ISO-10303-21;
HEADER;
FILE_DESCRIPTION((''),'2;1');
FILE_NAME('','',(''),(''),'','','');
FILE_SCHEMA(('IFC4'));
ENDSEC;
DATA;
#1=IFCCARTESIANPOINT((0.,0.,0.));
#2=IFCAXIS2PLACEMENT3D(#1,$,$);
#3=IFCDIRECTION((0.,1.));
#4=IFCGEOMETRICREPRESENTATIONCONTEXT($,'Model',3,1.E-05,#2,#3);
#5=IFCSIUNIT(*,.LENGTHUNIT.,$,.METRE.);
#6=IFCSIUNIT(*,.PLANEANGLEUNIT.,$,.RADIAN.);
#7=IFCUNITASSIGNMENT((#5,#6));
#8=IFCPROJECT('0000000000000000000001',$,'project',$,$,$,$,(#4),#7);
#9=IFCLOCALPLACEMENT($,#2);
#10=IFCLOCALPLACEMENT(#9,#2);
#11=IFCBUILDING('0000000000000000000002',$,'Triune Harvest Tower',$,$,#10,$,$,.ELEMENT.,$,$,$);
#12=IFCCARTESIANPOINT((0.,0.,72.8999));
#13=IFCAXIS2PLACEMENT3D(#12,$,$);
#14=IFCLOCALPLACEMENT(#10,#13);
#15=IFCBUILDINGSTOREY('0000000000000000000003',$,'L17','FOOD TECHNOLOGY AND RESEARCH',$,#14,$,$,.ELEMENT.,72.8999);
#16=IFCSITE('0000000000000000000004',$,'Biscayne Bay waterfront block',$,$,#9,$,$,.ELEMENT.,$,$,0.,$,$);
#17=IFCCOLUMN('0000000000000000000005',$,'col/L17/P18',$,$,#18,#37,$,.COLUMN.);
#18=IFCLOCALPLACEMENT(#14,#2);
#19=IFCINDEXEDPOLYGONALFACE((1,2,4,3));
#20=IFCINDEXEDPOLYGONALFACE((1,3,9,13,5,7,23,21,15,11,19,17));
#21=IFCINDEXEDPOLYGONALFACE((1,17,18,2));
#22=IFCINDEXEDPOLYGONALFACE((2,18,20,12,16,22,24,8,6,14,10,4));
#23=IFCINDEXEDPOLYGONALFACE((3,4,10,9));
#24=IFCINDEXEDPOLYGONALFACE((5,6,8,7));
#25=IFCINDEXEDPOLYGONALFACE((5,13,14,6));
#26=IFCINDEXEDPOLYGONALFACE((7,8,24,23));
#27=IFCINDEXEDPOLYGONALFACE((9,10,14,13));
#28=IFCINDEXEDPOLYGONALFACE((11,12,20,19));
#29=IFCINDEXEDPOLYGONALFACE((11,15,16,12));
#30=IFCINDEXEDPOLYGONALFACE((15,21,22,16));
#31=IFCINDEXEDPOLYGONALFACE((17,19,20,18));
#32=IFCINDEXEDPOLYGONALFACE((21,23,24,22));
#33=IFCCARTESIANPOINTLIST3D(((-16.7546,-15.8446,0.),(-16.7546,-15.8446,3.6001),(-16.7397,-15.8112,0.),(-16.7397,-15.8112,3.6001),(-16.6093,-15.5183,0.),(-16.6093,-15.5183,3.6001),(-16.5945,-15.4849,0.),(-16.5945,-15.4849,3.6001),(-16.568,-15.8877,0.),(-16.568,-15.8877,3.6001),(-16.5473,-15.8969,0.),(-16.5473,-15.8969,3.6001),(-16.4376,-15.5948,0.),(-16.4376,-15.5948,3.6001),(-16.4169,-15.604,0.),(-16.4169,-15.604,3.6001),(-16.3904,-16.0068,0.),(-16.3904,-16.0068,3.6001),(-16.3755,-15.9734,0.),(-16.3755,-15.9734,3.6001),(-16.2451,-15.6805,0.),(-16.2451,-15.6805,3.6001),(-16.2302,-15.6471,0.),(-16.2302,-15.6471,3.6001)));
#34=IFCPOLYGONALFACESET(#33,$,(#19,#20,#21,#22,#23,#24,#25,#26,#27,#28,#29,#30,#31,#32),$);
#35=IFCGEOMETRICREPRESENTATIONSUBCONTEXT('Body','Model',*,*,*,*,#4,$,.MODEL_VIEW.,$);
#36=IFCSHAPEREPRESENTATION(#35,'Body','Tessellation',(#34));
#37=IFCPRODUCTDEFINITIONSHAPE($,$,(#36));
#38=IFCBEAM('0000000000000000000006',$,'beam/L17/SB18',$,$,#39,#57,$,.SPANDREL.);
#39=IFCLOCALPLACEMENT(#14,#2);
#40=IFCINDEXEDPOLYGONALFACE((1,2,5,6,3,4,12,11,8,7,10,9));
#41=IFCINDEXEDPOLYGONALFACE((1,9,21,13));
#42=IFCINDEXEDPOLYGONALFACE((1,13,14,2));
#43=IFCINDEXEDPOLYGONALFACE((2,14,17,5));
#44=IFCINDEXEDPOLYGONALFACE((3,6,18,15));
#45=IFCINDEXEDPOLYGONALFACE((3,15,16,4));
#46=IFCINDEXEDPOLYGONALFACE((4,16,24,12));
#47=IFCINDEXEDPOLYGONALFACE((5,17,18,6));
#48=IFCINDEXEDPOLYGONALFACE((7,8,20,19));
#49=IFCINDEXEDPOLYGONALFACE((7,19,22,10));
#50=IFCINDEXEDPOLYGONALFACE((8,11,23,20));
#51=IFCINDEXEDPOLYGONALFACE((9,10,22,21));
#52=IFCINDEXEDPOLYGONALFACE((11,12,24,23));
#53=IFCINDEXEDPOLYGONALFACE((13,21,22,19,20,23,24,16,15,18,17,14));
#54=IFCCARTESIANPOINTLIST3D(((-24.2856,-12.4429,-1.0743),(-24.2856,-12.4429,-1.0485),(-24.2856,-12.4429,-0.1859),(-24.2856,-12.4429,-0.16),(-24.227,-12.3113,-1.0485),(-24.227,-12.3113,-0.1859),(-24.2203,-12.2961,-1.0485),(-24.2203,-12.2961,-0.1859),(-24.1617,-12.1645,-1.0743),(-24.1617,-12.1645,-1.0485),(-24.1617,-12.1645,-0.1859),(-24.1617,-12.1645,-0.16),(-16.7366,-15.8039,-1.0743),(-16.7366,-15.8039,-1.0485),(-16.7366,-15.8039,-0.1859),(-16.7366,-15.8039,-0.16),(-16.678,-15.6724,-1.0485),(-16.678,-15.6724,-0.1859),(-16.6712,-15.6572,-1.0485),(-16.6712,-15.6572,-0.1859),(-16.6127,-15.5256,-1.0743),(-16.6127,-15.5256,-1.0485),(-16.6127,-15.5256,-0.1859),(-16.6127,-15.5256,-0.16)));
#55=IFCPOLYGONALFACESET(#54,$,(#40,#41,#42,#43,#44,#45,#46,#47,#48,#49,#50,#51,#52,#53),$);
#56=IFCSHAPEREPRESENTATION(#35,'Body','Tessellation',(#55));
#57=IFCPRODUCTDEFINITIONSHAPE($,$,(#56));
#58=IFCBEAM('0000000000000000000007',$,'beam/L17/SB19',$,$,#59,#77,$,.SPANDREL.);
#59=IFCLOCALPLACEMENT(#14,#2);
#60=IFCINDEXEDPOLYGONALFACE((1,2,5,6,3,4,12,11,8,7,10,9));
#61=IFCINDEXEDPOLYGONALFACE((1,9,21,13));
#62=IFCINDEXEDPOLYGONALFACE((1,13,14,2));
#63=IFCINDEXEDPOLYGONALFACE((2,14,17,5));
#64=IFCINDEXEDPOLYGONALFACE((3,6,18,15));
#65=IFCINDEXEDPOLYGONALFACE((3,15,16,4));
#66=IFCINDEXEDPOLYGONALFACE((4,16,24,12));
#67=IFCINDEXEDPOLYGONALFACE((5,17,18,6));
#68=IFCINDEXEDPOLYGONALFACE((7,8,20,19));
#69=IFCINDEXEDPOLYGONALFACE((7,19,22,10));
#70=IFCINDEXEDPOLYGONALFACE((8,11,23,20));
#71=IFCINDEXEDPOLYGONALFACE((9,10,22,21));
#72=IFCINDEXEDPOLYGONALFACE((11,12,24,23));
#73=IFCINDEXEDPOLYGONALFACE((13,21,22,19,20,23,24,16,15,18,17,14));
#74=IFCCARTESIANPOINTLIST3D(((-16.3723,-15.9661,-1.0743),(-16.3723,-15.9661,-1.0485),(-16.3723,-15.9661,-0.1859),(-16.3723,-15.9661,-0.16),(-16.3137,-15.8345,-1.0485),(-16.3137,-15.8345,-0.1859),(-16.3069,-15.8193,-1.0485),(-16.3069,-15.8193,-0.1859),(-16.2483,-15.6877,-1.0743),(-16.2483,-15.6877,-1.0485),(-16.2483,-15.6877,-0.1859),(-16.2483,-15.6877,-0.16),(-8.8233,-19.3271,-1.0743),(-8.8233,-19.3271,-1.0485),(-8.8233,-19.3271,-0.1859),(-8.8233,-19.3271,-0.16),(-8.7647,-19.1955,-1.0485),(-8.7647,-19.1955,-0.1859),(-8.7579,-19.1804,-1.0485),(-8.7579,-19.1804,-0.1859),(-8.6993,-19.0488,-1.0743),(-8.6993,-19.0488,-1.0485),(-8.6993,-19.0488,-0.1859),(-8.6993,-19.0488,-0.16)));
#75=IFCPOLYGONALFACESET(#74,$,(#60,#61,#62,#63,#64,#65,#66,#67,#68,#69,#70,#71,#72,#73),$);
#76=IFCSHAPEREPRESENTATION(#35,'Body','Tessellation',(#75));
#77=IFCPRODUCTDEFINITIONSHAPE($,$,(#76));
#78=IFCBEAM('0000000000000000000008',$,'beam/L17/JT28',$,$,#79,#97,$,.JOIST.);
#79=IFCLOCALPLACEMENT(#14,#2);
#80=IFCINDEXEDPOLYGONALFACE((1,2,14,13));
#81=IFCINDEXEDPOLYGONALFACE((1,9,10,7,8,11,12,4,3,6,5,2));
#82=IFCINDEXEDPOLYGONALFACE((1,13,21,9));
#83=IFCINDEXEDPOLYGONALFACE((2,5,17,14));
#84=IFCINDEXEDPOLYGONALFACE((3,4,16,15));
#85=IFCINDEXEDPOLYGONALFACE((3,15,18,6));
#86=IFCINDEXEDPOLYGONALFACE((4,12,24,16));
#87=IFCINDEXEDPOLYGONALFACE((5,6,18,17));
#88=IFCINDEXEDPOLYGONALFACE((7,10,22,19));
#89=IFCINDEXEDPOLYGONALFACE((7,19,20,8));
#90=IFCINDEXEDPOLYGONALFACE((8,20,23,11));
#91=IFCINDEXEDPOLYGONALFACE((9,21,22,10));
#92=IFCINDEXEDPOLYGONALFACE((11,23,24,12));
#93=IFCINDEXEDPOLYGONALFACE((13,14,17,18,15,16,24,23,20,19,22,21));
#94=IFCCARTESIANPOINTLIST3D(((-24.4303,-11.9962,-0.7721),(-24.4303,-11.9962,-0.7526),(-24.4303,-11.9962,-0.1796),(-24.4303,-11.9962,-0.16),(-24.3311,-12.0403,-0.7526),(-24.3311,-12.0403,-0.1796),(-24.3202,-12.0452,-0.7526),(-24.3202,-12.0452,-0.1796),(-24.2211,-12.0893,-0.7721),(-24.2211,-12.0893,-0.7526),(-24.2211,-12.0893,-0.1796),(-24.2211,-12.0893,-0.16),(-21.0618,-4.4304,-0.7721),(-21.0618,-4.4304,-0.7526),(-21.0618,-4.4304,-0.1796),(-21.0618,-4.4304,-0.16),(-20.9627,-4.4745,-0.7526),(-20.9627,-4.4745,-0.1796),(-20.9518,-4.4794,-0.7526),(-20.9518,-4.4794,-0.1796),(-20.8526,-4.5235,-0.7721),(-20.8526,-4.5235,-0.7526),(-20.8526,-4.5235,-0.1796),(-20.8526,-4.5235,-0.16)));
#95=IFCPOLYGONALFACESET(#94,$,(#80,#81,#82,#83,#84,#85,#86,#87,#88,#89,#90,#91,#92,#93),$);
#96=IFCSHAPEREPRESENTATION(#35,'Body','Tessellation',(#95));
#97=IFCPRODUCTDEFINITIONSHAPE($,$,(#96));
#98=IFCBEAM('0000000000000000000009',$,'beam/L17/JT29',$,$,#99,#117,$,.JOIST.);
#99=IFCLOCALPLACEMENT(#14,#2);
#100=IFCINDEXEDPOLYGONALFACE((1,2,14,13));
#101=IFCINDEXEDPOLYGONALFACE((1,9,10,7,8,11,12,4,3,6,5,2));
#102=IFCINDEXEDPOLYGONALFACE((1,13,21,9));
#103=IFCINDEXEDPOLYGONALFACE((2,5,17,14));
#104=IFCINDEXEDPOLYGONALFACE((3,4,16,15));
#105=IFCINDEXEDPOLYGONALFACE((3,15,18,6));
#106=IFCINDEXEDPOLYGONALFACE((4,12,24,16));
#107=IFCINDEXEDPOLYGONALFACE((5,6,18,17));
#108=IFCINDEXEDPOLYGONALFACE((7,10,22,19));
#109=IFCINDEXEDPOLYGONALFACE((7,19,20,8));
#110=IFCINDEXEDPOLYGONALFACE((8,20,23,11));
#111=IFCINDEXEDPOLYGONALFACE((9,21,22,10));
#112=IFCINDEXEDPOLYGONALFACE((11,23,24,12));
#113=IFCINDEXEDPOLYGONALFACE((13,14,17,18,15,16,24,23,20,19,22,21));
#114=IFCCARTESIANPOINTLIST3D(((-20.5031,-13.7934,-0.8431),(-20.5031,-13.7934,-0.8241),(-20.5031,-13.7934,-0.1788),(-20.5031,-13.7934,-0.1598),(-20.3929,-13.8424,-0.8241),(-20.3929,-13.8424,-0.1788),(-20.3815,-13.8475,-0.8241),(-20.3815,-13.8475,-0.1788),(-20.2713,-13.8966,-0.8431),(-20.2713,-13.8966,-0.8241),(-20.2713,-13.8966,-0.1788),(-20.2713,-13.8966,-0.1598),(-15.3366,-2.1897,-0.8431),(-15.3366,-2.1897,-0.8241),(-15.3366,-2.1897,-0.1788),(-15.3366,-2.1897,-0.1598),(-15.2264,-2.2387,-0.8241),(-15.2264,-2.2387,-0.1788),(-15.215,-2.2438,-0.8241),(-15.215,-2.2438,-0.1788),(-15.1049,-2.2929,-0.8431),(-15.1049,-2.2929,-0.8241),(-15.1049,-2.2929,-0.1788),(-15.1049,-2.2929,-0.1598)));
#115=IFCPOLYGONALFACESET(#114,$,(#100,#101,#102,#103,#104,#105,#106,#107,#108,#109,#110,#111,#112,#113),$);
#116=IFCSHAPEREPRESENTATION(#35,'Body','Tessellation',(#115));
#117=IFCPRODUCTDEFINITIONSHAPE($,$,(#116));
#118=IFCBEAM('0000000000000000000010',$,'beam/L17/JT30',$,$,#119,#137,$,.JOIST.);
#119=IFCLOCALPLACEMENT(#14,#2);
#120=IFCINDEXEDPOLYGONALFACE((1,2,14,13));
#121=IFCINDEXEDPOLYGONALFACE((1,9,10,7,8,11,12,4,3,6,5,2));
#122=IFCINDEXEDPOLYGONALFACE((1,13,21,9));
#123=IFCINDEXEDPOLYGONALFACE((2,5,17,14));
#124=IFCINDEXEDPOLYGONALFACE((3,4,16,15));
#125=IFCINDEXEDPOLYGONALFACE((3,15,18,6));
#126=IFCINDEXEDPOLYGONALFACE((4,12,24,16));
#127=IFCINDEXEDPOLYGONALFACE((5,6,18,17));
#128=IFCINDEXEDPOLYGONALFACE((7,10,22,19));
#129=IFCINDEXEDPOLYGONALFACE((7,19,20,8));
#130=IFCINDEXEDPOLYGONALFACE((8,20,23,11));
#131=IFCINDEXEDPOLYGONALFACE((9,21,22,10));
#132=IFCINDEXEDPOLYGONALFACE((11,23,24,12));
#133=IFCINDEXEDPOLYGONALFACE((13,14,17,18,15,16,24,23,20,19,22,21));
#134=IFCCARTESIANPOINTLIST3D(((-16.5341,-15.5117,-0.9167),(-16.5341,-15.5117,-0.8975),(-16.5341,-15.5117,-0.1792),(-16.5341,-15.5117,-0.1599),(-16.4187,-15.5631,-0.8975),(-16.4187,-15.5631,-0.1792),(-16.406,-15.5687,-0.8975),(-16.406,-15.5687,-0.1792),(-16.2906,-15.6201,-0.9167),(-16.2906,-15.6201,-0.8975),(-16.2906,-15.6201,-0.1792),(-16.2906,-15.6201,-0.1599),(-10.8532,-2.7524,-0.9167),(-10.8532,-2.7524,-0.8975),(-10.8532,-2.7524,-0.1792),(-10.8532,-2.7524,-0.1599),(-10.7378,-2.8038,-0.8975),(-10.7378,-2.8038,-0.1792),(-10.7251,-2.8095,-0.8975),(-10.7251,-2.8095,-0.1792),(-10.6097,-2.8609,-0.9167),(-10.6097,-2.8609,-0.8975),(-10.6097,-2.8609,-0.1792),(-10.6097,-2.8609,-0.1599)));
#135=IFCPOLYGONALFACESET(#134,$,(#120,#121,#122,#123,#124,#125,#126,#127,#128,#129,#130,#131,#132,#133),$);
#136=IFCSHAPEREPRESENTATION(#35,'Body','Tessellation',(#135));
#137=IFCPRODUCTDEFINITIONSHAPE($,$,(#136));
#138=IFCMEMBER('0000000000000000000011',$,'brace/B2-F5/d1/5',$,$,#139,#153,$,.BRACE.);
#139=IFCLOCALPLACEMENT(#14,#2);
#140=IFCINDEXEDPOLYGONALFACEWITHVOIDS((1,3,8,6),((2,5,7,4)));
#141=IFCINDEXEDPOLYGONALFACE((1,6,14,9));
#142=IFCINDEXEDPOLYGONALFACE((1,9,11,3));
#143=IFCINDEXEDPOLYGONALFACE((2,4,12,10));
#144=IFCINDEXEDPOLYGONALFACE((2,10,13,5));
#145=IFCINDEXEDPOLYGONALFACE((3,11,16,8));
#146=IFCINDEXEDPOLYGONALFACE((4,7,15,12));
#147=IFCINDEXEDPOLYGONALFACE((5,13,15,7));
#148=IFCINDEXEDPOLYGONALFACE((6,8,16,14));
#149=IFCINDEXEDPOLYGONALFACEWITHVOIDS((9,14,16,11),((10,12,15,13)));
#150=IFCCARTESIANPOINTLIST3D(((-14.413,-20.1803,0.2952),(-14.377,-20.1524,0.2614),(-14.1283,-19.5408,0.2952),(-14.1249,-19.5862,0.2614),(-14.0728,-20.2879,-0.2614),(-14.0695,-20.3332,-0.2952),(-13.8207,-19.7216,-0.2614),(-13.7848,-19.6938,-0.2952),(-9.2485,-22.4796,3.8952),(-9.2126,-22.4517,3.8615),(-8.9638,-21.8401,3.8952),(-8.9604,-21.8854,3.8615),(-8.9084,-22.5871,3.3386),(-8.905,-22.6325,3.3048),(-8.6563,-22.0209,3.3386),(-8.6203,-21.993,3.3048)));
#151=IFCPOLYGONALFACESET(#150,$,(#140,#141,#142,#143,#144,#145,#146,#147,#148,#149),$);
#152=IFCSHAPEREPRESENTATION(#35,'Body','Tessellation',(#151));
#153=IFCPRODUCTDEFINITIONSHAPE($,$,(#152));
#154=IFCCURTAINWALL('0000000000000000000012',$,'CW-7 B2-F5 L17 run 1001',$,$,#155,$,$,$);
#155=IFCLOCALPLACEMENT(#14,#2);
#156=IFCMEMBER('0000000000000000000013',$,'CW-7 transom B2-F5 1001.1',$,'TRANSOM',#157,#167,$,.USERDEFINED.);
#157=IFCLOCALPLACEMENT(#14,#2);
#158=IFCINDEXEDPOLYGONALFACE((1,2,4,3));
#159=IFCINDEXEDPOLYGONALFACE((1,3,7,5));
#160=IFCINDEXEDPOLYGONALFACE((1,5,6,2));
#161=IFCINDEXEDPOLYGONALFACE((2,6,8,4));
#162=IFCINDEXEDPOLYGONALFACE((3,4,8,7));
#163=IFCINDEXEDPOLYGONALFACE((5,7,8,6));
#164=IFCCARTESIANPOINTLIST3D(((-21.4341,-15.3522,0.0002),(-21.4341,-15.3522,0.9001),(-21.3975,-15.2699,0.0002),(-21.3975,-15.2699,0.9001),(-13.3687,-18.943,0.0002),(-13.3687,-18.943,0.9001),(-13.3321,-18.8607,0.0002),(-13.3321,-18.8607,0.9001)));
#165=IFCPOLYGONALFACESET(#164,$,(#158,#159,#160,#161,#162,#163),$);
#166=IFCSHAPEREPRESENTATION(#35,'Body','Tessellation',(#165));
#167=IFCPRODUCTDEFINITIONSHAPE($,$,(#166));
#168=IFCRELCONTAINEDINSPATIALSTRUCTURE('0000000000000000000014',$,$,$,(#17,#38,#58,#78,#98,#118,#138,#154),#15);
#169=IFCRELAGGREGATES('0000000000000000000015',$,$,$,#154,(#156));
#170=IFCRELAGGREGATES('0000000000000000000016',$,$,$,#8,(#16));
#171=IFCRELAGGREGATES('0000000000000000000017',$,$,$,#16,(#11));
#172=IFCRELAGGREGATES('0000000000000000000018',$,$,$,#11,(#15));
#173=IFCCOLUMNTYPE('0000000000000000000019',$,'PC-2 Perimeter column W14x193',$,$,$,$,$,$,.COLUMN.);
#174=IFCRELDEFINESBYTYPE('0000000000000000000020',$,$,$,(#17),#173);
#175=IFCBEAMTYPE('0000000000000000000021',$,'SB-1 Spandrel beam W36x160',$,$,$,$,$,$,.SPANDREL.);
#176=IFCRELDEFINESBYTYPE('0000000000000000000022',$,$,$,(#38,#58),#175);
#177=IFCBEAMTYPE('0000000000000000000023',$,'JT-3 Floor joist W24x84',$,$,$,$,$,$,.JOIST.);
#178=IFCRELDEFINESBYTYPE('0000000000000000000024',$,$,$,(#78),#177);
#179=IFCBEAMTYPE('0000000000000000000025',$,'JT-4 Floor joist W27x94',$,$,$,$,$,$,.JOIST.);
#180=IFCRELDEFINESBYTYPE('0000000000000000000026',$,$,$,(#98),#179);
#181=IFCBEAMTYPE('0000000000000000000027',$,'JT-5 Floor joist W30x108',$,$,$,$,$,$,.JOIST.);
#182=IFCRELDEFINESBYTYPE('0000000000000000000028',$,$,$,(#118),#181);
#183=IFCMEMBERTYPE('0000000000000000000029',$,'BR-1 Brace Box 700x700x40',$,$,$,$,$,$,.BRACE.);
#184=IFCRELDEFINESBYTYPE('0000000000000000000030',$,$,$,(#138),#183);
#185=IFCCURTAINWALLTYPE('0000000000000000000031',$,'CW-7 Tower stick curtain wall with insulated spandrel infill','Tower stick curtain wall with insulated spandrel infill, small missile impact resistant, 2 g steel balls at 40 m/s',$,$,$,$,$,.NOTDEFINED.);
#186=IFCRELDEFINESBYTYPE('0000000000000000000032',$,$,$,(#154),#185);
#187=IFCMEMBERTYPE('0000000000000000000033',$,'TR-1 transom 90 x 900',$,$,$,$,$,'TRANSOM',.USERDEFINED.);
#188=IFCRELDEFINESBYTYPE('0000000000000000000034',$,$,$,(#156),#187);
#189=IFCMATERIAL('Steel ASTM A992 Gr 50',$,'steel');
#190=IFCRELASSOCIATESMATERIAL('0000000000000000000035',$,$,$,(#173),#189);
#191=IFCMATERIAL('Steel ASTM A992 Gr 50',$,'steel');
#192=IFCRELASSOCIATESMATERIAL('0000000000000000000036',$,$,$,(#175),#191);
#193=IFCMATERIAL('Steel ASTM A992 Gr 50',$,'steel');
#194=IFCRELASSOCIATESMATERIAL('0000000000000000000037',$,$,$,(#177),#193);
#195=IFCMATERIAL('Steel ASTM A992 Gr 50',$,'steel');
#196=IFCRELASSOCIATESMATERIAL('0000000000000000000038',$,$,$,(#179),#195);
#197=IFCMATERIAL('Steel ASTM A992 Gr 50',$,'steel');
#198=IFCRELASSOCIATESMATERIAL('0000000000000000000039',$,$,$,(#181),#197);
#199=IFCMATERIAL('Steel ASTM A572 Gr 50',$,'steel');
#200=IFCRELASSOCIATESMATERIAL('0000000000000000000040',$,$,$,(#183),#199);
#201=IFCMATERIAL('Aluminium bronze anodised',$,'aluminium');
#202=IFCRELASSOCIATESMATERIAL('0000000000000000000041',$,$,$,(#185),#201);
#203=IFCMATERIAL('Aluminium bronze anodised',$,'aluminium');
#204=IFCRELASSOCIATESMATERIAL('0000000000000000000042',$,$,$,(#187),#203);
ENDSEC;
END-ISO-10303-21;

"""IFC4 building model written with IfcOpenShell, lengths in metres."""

from ifc_helpers import new_model, si_unit, direction, frame, origin, origin_2d, place, context, subcontext, project, spatial, rectangle, hollow_rectangle, i_section, extrude, source, transform, mapped, material, material_profile, profile_set, type_object, element, aggregate, save


model = new_model("IFC4")

# Units and contexts
model_context = context("Model", 3, precision=1e-05, world=origin(), true_north=direction((0.0, 1.0)))
body_context = subcontext(model_context, "Body", "Model", "MODEL_VIEW")
ifc_project = project(units=[si_unit("LENGTHUNIT", "METRE"), si_unit("PLANEANGLEUNIT", "RADIAN")], contexts=[model_context])

# Site, building, storey
site_placement = place(None, origin())
site = spatial("IfcSite", under=ifc_project, at=site_placement, Name="Biscayne Bay waterfront block", CompositionType="ELEMENT", RefElevation=0.0)
building_placement = place(site_placement, origin())
building = spatial("IfcBuilding", under=site, at=building_placement, Name="Triune Harvest Tower", CompositionType="ELEMENT")
storey_placement = place(building_placement, frame((0.0, 0.0, 72.8999)))
storey = spatial("IfcBuildingStorey", under=building, at=storey_placement, Name="L17", Description="FOOD TECHNOLOGY AND RESEARCH", CompositionType="ELEMENT", Elevation=72.8999)

# Column
ifc_material_1 = material(Name="Steel ASTM A992 Gr 50", Category="steel")
ifc_material_profile_1 = material_profile(ifc_material_1, i_section(OverallWidth=0.3987, OverallDepth=0.3938, WebThickness=0.0227, FlangeThickness=0.0366, at=origin_2d()), Name="W14x193")
ifc_profile_set_1 = profile_set([ifc_material_profile_1], Name="Steel ASTM A992 Gr 50")
column_type = type_object("IfcColumnType", Name="PC-2 Perimeter column W14x193", PredefinedType="COLUMN", material=ifc_profile_set_1)
shared_shape_1 = source(origin(), body_context, "Body", "SweptSolid", [
    extrude(i_section(OverallWidth=0.3987, OverallDepth=0.3938, WebThickness=0.0227, FlangeThickness=0.0366, at=origin_2d()), origin(), (0.0, 0.0, 1.0), 3.6001),
])
column_placement = place(storey_placement, frame((-16.4924, -15.7458, 0.0), z_axis=(0.0, 0.0, 1.0), x_axis=(0.913545, -0.406737, 0.0)))
element("IfcColumn", 1, at=column_placement, inside=storey, type_object=column_type, Name="col/L17/P18", PredefinedType="COLUMN", context=body_context, shape_type="MappedRepresentation", body=[
    mapped(shared_shape_1, transform((0.0, 0.0, 0.0), scale=1.0)),
])

# Beams
ifc_material_2 = material(Name="Steel ASTM A992 Gr 50", Category="steel")
ifc_material_profile_2 = material_profile(ifc_material_2, i_section(OverallWidth=0.3047, OverallDepth=0.9143, WebThickness=0.0166, FlangeThickness=0.0259, at=origin_2d()), Name="W36x160")
ifc_profile_set_2 = profile_set([ifc_material_profile_2], Name="Steel ASTM A992 Gr 50")
beam_type_1 = type_object("IfcBeamType", Name="SB-1 Spandrel beam W36x160", PredefinedType="SPANDREL", material=ifc_profile_set_2)
shared_shape_2 = source(origin(), body_context, "Body", "SweptSolid", [
    extrude(i_section(OverallWidth=0.3047, OverallDepth=0.9143, WebThickness=0.0166, FlangeThickness=0.0259, at=origin_2d()), origin(), (0.0, 0.0, 1.0), 8.2634),
])
for number, where, z_axis, x_axis, name in (
    (2, (-24.2236, -12.3037, -0.6172), (0.913545, -0.406739, 0.0), (0.406739, 0.913545, 0.0), "beam/L17/SB18"),
    (3, (-16.3103, -15.8269, -0.6172), (0.913545, -0.406739, 0.0), (0.406739, 0.913545, 0.0), "beam/L17/SB19"),
):
    element("IfcBeam", number, at=place(storey_placement, frame(where, z_axis=z_axis, x_axis=x_axis)), inside=storey, type_object=beam_type_1, Name=name, PredefinedType="SPANDREL", context=body_context, shape_type="MappedRepresentation", body=[
        mapped(shared_shape_2, transform((0.0, 0.0, 0.0), scale=1.0)),
    ])
ifc_material_3 = material(Name="Steel ASTM A992 Gr 50", Category="steel")
ifc_material_profile_3 = material_profile(ifc_material_3, i_section(OverallWidth=0.229, OverallDepth=0.6121, WebThickness=0.012, FlangeThickness=0.0195, at=origin_2d()), Name="W24x84")
ifc_profile_set_3 = profile_set([ifc_material_profile_3], Name="Steel ASTM A992 Gr 50")
beam_type_2 = type_object("IfcBeamType", Name="JT-3 Floor joist W24x84", PredefinedType="JOIST", material=ifc_profile_set_3)
shared_shape_3 = source(origin(), body_context, "Body", "SweptSolid", [
    extrude(i_section(OverallWidth=0.229, OverallDepth=0.6121, WebThickness=0.012, FlangeThickness=0.0195, at=origin_2d()), origin(), (0.0, 0.0, 1.0), 8.2817),
])
beam_1_placement = place(storey_placement, frame((-24.3257, -12.0427, -0.4661), z_axis=(0.406732, 0.913548, 0.0), x_axis=(-0.913548, 0.406732, 0.0)))
element("IfcBeam", 4, at=beam_1_placement, inside=storey, type_object=beam_type_2, Name="beam/L17/JT28", PredefinedType="JOIST", context=body_context, shape_type="MappedRepresentation", body=[
    mapped(shared_shape_3, transform((0.0, 0.0, 0.0), scale=1.0)),
])
ifc_material_4 = material(Name="Steel ASTM A992 Gr 50", Category="steel")
ifc_material_profile_4 = material_profile(ifc_material_4, i_section(OverallWidth=0.2537, OverallDepth=0.6833, WebThickness=0.0125, FlangeThickness=0.019, at=origin_2d()), Name="W27x94")
ifc_profile_set_4 = profile_set([ifc_material_profile_4], Name="Steel ASTM A992 Gr 50")
beam_type_3 = type_object("IfcBeamType", Name="JT-4 Floor joist W27x94", PredefinedType="JOIST", material=ifc_profile_set_4)
shared_shape_4 = source(origin(), body_context, "Body", "SweptSolid", [
    extrude(i_section(OverallWidth=0.2537, OverallDepth=0.6833, WebThickness=0.0125, FlangeThickness=0.019, at=origin_2d()), origin(), (0.0, 0.0, 1.0), 12.7019),
])
beam_2_placement = place(storey_placement, frame((-20.3872, -13.845, -0.5015), z_axis=(0.406748, 0.91354, 0.0), x_axis=(-0.91354, 0.406748, 0.0)))
element("IfcBeam", 5, at=beam_2_placement, inside=storey, type_object=beam_type_3, Name="beam/L17/JT29", PredefinedType="JOIST", context=body_context, shape_type="MappedRepresentation", body=[
    mapped(shared_shape_4, transform((0.0, 0.0, 0.0), scale=1.0)),
])
ifc_material_5 = material(Name="Steel ASTM A992 Gr 50", Category="steel")
ifc_material_profile_5 = material_profile(ifc_material_5, i_section(OverallWidth=0.2666, OverallDepth=0.7568, WebThickness=0.0139, FlangeThickness=0.0193, at=origin_2d()), Name="W30x108")
ifc_profile_set_5 = profile_set([ifc_material_profile_5], Name="Steel ASTM A992 Gr 50")
beam_type_4 = type_object("IfcBeamType", Name="JT-5 Floor joist W30x108", PredefinedType="JOIST", material=ifc_profile_set_5)
shared_shape_5 = source(origin(), body_context, "Body", "SweptSolid", [
    extrude(i_section(OverallWidth=0.2666, OverallDepth=0.7568, WebThickness=0.0139, FlangeThickness=0.0193, at=origin_2d()), origin(), (0.0, 0.0, 1.0), 13.9668),
])
beam_3_placement = place(storey_placement, frame((-16.4124, -15.5659, -0.5383), z_axis=(0.406743, 0.913542, 0.0), x_axis=(-0.913542, 0.406743, 0.0)))
element("IfcBeam", 6, at=beam_3_placement, inside=storey, type_object=beam_type_4, Name="beam/L17/JT30", PredefinedType="JOIST", context=body_context, shape_type="MappedRepresentation", body=[
    mapped(shared_shape_5, transform((0.0, 0.0, 0.0), scale=1.0)),
])

# Member
ifc_material_6 = material(Name="Steel ASTM A572 Gr 50", Category="steel")
ifc_material_profile_6 = material_profile(ifc_material_6, hollow_rectangle(XDim=0.7, YDim=0.7, WallThickness=0.04, at=origin_2d()), Name="Box 700x700x40")
ifc_profile_set_6 = profile_set([ifc_material_profile_6], Name="Steel ASTM A572 Gr 50")
member_type_1 = type_object("IfcMemberType", Name="BR-1 Brace Box 700x700x40", PredefinedType="BRACE", material=ifc_profile_set_6)
shared_shape_6 = source(origin(), body_context, "Body", "SweptSolid", [
    extrude(hollow_rectangle(XDim=0.7, YDim=0.7, WallThickness=0.04, at=origin_2d()), origin(), (0.0, 0.0, 1.0), 6.7021),
])
member_1_placement = place(storey_placement, frame((-14.0989, -19.937, 0.0), z_axis=(0.77057, -0.343066, 0.537148), x_axis=(0.406723, 0.913551, 0.0)))
element("IfcMember", 7, at=member_1_placement, inside=storey, type_object=member_type_1, Name="brace/B2-F5/d1/5", PredefinedType="BRACE", context=body_context, shape_type="MappedRepresentation", body=[
    mapped(shared_shape_6, transform((0.0, 0.0, 0.0), scale=1.0)),
])

# Curtain wall, member
ifc_material_7 = material(Name="Aluminium bronze anodised", Category="aluminium")
curtain_wall_type_1 = type_object("IfcCurtainWallType", Name="CW-7 Tower stick curtain wall with insulated spandrel infill", Description="Tower stick curtain wall with insulated spandrel infill, small missile impact resistant, 2 g steel balls at 40 m/s", PredefinedType="NOTDEFINED", material=ifc_material_7)
curtain_wall_1_placement = place(storey_placement, origin())
curtain_wall_1 = element("IfcCurtainWall", 8, at=curtain_wall_1_placement, inside=storey, type_object=curtain_wall_type_1, Name="CW-7 B2-F5 L17 run 1001")
ifc_material_8 = material(Name="Aluminium bronze anodised", Category="aluminium")
ifc_material_profile_7 = material_profile(ifc_material_8, rectangle(XDim=0.0901, YDim=0.8999, at=origin_2d()), Name="TR-1 transom 90 x 900")
ifc_profile_set_7 = profile_set([ifc_material_profile_7], Name="Aluminium bronze anodised")
member_type_2 = type_object("IfcMemberType", Name="TR-1 transom 90 x 900", ElementType="TRANSOM", PredefinedType="USERDEFINED", material=ifc_profile_set_7)
shared_shape_7 = source(origin(), body_context, "Body", "SweptSolid", [
    extrude(rectangle(XDim=0.0901, YDim=0.8999, at=origin_2d()), origin(), (0.0, 0.0, 1.0), 8.8286),
])
member_2_placement = place(storey_placement, frame((-21.4158, -15.311, 0.4502), z_axis=(0.913551, -0.406723, 0.0), x_axis=(0.406723, 0.913551, 0.0)))
member_2 = element("IfcMember", 9, at=member_2_placement, type_object=member_type_2, Name="CW-7 transom B2-F5 1001.1", ObjectType="TRANSOM", PredefinedType="USERDEFINED", context=body_context, shape_type="MappedRepresentation", body=[
    mapped(shared_shape_7, transform((0.0, 0.0, 0.0), scale=1.0)),
])

aggregate(curtain_wall_1, [member_2])

save(model, "model.ifc")
